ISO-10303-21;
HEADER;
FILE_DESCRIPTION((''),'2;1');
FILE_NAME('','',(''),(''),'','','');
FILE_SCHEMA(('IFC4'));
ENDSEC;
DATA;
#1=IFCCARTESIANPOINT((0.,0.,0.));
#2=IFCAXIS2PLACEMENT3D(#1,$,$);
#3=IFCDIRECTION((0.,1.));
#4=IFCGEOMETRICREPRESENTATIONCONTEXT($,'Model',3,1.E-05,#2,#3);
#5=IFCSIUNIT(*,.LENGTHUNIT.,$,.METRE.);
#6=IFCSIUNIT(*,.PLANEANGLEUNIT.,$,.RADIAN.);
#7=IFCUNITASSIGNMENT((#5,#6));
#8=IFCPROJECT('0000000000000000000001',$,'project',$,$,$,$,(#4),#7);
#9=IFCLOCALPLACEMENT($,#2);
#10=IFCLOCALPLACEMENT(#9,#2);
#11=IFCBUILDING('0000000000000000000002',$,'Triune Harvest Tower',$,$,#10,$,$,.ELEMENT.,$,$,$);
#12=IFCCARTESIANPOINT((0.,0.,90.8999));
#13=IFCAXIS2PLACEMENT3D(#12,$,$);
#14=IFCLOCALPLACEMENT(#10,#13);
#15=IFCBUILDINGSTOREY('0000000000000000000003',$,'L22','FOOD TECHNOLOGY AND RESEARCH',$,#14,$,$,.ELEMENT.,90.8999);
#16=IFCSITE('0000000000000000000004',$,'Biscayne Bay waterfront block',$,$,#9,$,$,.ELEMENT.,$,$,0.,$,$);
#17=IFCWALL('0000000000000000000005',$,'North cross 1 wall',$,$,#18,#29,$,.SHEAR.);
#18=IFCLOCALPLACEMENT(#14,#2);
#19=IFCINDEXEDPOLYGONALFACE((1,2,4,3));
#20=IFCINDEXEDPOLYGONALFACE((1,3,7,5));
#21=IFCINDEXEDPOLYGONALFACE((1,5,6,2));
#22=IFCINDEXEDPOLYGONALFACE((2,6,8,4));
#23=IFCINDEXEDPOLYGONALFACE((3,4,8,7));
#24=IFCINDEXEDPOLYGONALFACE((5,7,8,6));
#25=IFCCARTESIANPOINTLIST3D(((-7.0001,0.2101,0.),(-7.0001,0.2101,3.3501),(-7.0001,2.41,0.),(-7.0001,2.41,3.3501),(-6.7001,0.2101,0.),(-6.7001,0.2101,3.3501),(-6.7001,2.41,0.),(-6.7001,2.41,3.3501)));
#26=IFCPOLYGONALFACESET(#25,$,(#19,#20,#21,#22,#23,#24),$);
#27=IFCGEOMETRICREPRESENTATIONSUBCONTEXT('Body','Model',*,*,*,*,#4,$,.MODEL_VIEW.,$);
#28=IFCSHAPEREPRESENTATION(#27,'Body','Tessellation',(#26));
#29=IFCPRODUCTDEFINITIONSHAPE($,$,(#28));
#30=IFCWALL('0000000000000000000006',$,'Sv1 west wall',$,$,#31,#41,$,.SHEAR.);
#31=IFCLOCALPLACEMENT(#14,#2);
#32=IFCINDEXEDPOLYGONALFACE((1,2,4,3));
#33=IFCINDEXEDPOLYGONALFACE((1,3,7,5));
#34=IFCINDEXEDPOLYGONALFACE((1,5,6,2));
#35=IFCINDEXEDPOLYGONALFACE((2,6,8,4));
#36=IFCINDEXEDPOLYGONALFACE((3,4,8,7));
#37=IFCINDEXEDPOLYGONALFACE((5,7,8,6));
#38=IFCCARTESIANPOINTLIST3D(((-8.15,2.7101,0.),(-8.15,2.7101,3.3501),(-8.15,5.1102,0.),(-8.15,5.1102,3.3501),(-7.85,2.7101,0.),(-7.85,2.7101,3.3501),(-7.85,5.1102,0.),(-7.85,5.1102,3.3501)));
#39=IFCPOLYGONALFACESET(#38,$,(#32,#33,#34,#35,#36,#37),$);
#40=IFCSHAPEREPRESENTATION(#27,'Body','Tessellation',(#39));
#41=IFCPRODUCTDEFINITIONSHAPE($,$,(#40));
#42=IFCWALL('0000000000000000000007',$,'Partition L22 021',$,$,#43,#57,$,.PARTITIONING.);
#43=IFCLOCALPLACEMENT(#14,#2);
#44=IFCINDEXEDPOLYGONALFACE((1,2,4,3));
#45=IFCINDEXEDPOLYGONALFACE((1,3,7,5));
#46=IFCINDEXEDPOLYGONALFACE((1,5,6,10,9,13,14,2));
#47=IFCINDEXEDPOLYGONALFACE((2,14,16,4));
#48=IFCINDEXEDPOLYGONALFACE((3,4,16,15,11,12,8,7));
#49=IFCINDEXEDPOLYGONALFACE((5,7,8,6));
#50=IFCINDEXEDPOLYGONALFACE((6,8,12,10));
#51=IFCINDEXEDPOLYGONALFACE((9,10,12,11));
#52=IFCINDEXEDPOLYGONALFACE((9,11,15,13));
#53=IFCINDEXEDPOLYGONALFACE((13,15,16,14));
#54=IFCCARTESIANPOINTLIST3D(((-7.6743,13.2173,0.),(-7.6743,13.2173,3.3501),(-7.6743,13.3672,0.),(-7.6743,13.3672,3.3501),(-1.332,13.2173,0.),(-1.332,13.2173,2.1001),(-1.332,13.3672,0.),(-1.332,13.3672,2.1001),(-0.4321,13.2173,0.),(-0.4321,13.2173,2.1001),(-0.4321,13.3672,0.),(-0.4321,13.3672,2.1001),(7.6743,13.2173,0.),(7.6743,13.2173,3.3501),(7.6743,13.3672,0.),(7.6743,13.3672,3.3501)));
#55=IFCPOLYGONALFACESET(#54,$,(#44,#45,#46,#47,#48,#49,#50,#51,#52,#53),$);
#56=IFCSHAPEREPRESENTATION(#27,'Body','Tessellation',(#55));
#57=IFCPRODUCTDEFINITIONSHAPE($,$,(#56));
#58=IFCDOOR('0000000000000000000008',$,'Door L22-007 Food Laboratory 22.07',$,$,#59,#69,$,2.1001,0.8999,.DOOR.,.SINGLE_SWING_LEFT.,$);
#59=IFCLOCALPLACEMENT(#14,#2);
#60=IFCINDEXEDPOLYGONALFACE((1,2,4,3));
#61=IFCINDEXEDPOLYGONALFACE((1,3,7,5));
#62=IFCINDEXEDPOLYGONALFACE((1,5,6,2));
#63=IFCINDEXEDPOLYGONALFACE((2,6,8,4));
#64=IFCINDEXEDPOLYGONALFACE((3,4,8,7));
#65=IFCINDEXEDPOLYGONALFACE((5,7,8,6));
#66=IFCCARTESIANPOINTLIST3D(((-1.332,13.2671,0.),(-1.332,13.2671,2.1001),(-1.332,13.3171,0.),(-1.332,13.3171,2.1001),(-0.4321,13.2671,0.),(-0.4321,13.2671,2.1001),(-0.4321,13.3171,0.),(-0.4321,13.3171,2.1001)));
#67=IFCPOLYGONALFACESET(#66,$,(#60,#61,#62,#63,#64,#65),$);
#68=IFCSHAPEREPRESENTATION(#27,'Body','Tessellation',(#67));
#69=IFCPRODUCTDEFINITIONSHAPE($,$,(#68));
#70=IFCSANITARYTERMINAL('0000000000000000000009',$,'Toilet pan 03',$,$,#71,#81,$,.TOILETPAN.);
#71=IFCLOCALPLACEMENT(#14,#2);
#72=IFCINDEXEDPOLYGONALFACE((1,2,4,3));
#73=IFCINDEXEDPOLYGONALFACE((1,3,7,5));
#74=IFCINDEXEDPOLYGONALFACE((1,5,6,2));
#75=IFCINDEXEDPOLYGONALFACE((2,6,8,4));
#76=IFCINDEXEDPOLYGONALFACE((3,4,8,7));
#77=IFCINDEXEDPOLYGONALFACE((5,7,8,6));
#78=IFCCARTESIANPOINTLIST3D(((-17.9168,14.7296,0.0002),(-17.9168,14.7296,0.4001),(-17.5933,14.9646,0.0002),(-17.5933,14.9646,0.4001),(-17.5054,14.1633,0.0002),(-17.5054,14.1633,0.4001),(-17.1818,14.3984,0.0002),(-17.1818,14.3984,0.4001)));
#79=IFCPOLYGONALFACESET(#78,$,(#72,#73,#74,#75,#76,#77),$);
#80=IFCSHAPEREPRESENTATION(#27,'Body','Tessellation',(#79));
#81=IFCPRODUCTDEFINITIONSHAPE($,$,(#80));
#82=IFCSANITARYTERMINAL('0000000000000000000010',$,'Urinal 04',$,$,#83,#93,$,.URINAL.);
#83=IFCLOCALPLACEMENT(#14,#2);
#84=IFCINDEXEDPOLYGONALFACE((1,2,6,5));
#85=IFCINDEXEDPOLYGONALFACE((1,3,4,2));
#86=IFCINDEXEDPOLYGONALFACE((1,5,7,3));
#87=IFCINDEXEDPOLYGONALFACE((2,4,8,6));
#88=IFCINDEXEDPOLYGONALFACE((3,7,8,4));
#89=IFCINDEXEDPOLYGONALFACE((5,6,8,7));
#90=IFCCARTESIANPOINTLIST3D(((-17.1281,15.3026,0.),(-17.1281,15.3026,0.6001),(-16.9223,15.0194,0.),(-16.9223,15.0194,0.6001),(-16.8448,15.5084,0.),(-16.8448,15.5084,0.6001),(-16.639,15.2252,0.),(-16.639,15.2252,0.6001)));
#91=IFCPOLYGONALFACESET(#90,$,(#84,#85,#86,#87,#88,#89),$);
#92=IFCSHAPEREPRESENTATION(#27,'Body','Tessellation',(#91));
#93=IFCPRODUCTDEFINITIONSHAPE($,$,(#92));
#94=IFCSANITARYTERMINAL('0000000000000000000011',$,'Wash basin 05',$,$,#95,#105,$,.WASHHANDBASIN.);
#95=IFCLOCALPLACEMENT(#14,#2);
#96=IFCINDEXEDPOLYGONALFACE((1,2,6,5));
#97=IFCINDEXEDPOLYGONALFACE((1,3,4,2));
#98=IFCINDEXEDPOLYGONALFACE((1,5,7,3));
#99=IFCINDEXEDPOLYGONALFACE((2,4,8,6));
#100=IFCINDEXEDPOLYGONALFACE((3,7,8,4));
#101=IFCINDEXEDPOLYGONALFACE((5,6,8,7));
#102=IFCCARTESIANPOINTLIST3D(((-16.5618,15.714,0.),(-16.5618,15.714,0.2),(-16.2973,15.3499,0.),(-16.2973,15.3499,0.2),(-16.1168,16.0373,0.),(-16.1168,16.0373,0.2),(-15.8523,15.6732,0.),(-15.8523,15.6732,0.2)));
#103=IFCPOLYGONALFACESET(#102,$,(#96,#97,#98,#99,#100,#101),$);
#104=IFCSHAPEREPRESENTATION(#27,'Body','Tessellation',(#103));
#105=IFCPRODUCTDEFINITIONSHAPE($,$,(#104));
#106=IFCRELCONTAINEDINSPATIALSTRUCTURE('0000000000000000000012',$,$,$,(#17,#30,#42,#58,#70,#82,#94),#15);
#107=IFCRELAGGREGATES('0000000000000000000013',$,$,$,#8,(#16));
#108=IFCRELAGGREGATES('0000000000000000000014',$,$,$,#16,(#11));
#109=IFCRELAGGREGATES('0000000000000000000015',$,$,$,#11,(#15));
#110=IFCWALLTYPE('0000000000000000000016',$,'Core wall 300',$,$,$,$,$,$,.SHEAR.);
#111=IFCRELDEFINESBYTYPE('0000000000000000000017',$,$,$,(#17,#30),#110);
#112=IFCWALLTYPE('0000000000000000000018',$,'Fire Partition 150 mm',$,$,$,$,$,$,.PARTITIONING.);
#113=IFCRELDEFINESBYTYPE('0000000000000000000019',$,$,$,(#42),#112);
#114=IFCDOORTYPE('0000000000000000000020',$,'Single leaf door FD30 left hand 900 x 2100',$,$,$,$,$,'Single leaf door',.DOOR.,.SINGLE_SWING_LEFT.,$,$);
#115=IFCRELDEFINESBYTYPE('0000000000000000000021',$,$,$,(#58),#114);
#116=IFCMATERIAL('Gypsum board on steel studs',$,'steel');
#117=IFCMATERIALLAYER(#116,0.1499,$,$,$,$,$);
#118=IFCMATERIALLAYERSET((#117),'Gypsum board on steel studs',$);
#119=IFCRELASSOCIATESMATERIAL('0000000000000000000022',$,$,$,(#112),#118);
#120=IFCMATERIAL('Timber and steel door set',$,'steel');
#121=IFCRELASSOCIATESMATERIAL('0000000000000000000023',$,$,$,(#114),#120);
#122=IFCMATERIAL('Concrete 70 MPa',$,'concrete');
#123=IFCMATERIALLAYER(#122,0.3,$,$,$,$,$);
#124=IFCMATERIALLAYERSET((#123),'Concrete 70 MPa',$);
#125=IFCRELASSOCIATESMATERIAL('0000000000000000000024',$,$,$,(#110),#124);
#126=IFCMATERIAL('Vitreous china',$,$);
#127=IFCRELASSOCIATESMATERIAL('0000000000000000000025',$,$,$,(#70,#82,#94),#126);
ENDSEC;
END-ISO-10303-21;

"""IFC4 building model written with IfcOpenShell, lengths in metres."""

from ifc_helpers import new_model, si_unit, direction, frame, frame_2d, origin, origin_2d, place, context, subcontext, project, spatial, rectangle, extrude, source, transform, mapped, material, layer, layer_set, type_object, element, fill, save


model = new_model("IFC4")

# Units and contexts
model_context = context("Model", 3, precision=1e-05, world=origin(), true_north=direction((0.0, 1.0)))
body_context = subcontext(model_context, "Body", "Model", "MODEL_VIEW")
ifc_project = project(units=[si_unit("LENGTHUNIT", "METRE"), si_unit("PLANEANGLEUNIT", "RADIAN")], contexts=[model_context])

# Site, building, storey
site_placement = place(None, origin())
site = spatial("IfcSite", under=ifc_project, at=site_placement, Name="Biscayne Bay waterfront block", CompositionType="ELEMENT", RefElevation=0.0)
building_placement = place(site_placement, origin())
building = spatial("IfcBuilding", under=site, at=building_placement, Name="Triune Harvest Tower", CompositionType="ELEMENT")
storey_placement = place(building_placement, frame((0.0, 0.0, 90.8999)))
storey = spatial("IfcBuildingStorey", under=building, at=storey_placement, Name="L22", Description="FOOD TECHNOLOGY AND RESEARCH", CompositionType="ELEMENT", Elevation=90.8999)

# Shared definitions
ifc_material_1 = material(Name="Gypsum board on steel studs", Category="steel")
ifc_layer_1 = layer(ifc_material_1, 0.1499)
ifc_layer_set_1 = layer_set([ifc_layer_1], Name="Gypsum board on steel studs")
wall_type_1 = type_object("IfcWallType", Name="Fire Partition 150 mm", PredefinedType="PARTITIONING", material=ifc_layer_set_1)

# Shared definitions
ifc_material_2 = material(Name="Timber and steel door set", Category="steel")
door_type_1 = type_object("IfcDoorType", Name="Single leaf door FD30 left hand 900 x 2100", ElementType="Single leaf door", OperationType="SINGLE_SWING_LEFT", PredefinedType="DOOR", material=ifc_material_2)

# Walls
ifc_material_3 = material(Name="Concrete 70 MPa", Category="concrete")
ifc_layer_2 = layer(ifc_material_3, 0.3)
ifc_layer_set_2 = layer_set([ifc_layer_2], Name="Concrete 70 MPa")
wall_type_2 = type_object("IfcWallType", Name="Core wall 300", PredefinedType="SHEAR", material=ifc_layer_set_2)
shared_shape_1 = source(origin(), body_context, "Body", "SweptSolid", [
    extrude(rectangle(XDim=2.2, YDim=0.3, at=frame_2d((1.1001, 0.0))), origin(), (0.0, 0.0, 1.0), 3.3501),
])
wall_1_placement = place(storey_placement, frame((-6.8501, 0.21, 0.0), z_axis=(0.0, 0.0, 1.0), x_axis=(0.0, 1.0, 0.0)))
element("IfcWall", 1, at=wall_1_placement, inside=storey, type_object=wall_type_2, Name="North cross 1 wall", PredefinedType="SHEAR", context=body_context, shape_type="MappedRepresentation", body=[
    mapped(shared_shape_1, transform((0.0, 0.0, 0.0), scale=1.0)),
])
shared_shape_2 = source(origin(), body_context, "Body", "SweptSolid", [
    extrude(rectangle(XDim=2.4001, YDim=0.3, at=frame_2d((1.2002, 0.0))), origin(), (0.0, 0.0, 1.0), 3.3501),
])
wall_2_placement = place(storey_placement, frame((-8.0, 2.71, 0.0), z_axis=(0.0, 0.0, 1.0), x_axis=(0.0, 1.0, 0.0)))
element("IfcWall", 2, at=wall_2_placement, inside=storey, type_object=wall_type_2, Name="Sv1 west wall", PredefinedType="SHEAR", context=body_context, shape_type="MappedRepresentation", body=[
    mapped(shared_shape_2, transform((0.0, 0.0, 0.0), scale=1.0)),
])

# Wall, opening, door
shared_shape_3 = source(origin(), body_context, "Body", "SweptSolid", [
    extrude(rectangle(XDim=15.3486, YDim=0.1499, at=frame_2d((7.6743, 0.0))), origin(), (0.0, 0.0, 1.0), 3.3501),
])
wall_3_placement = place(storey_placement, frame((-7.6743, 13.2922, 0.0), z_axis=(0.0, 0.0, 1.0), x_axis=(1.0, 0.0, 0.0)))
wall_3 = element("IfcWall", 3, at=wall_3_placement, inside=storey, type_object=wall_type_1, Name="Partition L22 021", PredefinedType="PARTITIONING", context=body_context, shape_type="MappedRepresentation", body=[
    mapped(shared_shape_3, transform((0.0, 0.0, 0.0), scale=1.0)),
])
opening_1_placement = place(wall_3_placement, frame((6.3423, 0.0, 0.0)))
opening_1 = element("IfcOpeningElement", 4, at=opening_1_placement, cuts=wall_3, PredefinedType="OPENING", context=body_context, shape_type="SweptSolid", body=[
    extrude(rectangle(XDim=0.8999, YDim=2.1001, at=frame_2d((0.45, 1.05))), frame((0.0, 0.085, 0.0), z_axis=(0.0, -1.0, 0.0), x_axis=(1.0, 0.0, 0.0)), (0.0, 0.0, 1.0), 0.1699),
])
door_1_placement = place(opening_1_placement, origin())
door_1 = element("IfcDoor", 5, at=door_1_placement, inside=storey, type_object=door_type_1, Name="Door L22-007 Food Laboratory 22.07", OperationType="SINGLE_SWING_LEFT", OverallHeight=2.1001, OverallWidth=0.8999, PredefinedType="DOOR", context=body_context, shape_type="SweptSolid", body=[
    extrude(rectangle(XDim=0.8999, YDim=2.1001, at=frame_2d((0.45, 1.05))), frame((0.0, 0.0249, 0.0), z_axis=(0.0, -1.0, 0.0), x_axis=(1.0, 0.0, 0.0)), (0.0, 0.0, 1.0), 0.05),
])
fill(opening_1, door_1)

# Sanitary terminals
ifc_material_4 = material(Name="Vitreous china")
shared_shape_4 = source(origin(), body_context, "Body", "SweptSolid", [
    extrude(rectangle(XDim=0.3999, YDim=0.7, at=origin_2d()), origin(), (0.0, 0.0, 1.0), 0.3999),
])
sanitary_terminal_1_placement = place(storey_placement, frame((-17.5493, 14.564, 0.0002), z_axis=(0.0, 0.0, 1.0), x_axis=(0.809027, 0.587771, 0.0)))
element("IfcSanitaryTerminal", 6, at=sanitary_terminal_1_placement, inside=storey, material=ifc_material_4, Name="Toilet pan 03", PredefinedType="TOILETPAN", context=body_context, shape_type="MappedRepresentation", body=[
    mapped(shared_shape_4, transform((0.0, 0.0, 0.0), scale=1.0)),
])
shared_shape_5 = source(origin(), body_context, "Body", "SweptSolid", [
    extrude(rectangle(XDim=0.3501, YDim=0.3501, at=origin_2d()), origin(), (0.0, 0.0, 1.0), 0.6001),
])
sanitary_terminal_2_placement = place(storey_placement, frame((-16.8835, 15.2639, 0.0), z_axis=(0.0, 0.0, 1.0), x_axis=(0.809027, 0.587771, 0.0)))
element("IfcSanitaryTerminal", 7, at=sanitary_terminal_2_placement, inside=storey, material=ifc_material_4, Name="Urinal 04", PredefinedType="URINAL", context=body_context, shape_type="MappedRepresentation", body=[
    mapped(shared_shape_5, transform((0.0, 0.0, 0.0), scale=1.0)),
])
shared_shape_6 = source(origin(), body_context, "Body", "SweptSolid", [
    extrude(rectangle(XDim=0.55, YDim=0.45, at=origin_2d()), origin(), (0.0, 0.0, 1.0), 0.2),
])
sanitary_terminal_3_placement = place(storey_placement, frame((-16.207, 15.6936, 0.0), z_axis=(0.0, 0.0, 1.0), x_axis=(0.809027, 0.587771, 0.0)))
element("IfcSanitaryTerminal", 8, at=sanitary_terminal_3_placement, inside=storey, material=ifc_material_4, Name="Wash basin 05", PredefinedType="WASHHANDBASIN", context=body_context, shape_type="MappedRepresentation", body=[
    mapped(shared_shape_6, transform((0.0, 0.0, 0.0), scale=1.0)),
])

save(model, "model.ifc")
